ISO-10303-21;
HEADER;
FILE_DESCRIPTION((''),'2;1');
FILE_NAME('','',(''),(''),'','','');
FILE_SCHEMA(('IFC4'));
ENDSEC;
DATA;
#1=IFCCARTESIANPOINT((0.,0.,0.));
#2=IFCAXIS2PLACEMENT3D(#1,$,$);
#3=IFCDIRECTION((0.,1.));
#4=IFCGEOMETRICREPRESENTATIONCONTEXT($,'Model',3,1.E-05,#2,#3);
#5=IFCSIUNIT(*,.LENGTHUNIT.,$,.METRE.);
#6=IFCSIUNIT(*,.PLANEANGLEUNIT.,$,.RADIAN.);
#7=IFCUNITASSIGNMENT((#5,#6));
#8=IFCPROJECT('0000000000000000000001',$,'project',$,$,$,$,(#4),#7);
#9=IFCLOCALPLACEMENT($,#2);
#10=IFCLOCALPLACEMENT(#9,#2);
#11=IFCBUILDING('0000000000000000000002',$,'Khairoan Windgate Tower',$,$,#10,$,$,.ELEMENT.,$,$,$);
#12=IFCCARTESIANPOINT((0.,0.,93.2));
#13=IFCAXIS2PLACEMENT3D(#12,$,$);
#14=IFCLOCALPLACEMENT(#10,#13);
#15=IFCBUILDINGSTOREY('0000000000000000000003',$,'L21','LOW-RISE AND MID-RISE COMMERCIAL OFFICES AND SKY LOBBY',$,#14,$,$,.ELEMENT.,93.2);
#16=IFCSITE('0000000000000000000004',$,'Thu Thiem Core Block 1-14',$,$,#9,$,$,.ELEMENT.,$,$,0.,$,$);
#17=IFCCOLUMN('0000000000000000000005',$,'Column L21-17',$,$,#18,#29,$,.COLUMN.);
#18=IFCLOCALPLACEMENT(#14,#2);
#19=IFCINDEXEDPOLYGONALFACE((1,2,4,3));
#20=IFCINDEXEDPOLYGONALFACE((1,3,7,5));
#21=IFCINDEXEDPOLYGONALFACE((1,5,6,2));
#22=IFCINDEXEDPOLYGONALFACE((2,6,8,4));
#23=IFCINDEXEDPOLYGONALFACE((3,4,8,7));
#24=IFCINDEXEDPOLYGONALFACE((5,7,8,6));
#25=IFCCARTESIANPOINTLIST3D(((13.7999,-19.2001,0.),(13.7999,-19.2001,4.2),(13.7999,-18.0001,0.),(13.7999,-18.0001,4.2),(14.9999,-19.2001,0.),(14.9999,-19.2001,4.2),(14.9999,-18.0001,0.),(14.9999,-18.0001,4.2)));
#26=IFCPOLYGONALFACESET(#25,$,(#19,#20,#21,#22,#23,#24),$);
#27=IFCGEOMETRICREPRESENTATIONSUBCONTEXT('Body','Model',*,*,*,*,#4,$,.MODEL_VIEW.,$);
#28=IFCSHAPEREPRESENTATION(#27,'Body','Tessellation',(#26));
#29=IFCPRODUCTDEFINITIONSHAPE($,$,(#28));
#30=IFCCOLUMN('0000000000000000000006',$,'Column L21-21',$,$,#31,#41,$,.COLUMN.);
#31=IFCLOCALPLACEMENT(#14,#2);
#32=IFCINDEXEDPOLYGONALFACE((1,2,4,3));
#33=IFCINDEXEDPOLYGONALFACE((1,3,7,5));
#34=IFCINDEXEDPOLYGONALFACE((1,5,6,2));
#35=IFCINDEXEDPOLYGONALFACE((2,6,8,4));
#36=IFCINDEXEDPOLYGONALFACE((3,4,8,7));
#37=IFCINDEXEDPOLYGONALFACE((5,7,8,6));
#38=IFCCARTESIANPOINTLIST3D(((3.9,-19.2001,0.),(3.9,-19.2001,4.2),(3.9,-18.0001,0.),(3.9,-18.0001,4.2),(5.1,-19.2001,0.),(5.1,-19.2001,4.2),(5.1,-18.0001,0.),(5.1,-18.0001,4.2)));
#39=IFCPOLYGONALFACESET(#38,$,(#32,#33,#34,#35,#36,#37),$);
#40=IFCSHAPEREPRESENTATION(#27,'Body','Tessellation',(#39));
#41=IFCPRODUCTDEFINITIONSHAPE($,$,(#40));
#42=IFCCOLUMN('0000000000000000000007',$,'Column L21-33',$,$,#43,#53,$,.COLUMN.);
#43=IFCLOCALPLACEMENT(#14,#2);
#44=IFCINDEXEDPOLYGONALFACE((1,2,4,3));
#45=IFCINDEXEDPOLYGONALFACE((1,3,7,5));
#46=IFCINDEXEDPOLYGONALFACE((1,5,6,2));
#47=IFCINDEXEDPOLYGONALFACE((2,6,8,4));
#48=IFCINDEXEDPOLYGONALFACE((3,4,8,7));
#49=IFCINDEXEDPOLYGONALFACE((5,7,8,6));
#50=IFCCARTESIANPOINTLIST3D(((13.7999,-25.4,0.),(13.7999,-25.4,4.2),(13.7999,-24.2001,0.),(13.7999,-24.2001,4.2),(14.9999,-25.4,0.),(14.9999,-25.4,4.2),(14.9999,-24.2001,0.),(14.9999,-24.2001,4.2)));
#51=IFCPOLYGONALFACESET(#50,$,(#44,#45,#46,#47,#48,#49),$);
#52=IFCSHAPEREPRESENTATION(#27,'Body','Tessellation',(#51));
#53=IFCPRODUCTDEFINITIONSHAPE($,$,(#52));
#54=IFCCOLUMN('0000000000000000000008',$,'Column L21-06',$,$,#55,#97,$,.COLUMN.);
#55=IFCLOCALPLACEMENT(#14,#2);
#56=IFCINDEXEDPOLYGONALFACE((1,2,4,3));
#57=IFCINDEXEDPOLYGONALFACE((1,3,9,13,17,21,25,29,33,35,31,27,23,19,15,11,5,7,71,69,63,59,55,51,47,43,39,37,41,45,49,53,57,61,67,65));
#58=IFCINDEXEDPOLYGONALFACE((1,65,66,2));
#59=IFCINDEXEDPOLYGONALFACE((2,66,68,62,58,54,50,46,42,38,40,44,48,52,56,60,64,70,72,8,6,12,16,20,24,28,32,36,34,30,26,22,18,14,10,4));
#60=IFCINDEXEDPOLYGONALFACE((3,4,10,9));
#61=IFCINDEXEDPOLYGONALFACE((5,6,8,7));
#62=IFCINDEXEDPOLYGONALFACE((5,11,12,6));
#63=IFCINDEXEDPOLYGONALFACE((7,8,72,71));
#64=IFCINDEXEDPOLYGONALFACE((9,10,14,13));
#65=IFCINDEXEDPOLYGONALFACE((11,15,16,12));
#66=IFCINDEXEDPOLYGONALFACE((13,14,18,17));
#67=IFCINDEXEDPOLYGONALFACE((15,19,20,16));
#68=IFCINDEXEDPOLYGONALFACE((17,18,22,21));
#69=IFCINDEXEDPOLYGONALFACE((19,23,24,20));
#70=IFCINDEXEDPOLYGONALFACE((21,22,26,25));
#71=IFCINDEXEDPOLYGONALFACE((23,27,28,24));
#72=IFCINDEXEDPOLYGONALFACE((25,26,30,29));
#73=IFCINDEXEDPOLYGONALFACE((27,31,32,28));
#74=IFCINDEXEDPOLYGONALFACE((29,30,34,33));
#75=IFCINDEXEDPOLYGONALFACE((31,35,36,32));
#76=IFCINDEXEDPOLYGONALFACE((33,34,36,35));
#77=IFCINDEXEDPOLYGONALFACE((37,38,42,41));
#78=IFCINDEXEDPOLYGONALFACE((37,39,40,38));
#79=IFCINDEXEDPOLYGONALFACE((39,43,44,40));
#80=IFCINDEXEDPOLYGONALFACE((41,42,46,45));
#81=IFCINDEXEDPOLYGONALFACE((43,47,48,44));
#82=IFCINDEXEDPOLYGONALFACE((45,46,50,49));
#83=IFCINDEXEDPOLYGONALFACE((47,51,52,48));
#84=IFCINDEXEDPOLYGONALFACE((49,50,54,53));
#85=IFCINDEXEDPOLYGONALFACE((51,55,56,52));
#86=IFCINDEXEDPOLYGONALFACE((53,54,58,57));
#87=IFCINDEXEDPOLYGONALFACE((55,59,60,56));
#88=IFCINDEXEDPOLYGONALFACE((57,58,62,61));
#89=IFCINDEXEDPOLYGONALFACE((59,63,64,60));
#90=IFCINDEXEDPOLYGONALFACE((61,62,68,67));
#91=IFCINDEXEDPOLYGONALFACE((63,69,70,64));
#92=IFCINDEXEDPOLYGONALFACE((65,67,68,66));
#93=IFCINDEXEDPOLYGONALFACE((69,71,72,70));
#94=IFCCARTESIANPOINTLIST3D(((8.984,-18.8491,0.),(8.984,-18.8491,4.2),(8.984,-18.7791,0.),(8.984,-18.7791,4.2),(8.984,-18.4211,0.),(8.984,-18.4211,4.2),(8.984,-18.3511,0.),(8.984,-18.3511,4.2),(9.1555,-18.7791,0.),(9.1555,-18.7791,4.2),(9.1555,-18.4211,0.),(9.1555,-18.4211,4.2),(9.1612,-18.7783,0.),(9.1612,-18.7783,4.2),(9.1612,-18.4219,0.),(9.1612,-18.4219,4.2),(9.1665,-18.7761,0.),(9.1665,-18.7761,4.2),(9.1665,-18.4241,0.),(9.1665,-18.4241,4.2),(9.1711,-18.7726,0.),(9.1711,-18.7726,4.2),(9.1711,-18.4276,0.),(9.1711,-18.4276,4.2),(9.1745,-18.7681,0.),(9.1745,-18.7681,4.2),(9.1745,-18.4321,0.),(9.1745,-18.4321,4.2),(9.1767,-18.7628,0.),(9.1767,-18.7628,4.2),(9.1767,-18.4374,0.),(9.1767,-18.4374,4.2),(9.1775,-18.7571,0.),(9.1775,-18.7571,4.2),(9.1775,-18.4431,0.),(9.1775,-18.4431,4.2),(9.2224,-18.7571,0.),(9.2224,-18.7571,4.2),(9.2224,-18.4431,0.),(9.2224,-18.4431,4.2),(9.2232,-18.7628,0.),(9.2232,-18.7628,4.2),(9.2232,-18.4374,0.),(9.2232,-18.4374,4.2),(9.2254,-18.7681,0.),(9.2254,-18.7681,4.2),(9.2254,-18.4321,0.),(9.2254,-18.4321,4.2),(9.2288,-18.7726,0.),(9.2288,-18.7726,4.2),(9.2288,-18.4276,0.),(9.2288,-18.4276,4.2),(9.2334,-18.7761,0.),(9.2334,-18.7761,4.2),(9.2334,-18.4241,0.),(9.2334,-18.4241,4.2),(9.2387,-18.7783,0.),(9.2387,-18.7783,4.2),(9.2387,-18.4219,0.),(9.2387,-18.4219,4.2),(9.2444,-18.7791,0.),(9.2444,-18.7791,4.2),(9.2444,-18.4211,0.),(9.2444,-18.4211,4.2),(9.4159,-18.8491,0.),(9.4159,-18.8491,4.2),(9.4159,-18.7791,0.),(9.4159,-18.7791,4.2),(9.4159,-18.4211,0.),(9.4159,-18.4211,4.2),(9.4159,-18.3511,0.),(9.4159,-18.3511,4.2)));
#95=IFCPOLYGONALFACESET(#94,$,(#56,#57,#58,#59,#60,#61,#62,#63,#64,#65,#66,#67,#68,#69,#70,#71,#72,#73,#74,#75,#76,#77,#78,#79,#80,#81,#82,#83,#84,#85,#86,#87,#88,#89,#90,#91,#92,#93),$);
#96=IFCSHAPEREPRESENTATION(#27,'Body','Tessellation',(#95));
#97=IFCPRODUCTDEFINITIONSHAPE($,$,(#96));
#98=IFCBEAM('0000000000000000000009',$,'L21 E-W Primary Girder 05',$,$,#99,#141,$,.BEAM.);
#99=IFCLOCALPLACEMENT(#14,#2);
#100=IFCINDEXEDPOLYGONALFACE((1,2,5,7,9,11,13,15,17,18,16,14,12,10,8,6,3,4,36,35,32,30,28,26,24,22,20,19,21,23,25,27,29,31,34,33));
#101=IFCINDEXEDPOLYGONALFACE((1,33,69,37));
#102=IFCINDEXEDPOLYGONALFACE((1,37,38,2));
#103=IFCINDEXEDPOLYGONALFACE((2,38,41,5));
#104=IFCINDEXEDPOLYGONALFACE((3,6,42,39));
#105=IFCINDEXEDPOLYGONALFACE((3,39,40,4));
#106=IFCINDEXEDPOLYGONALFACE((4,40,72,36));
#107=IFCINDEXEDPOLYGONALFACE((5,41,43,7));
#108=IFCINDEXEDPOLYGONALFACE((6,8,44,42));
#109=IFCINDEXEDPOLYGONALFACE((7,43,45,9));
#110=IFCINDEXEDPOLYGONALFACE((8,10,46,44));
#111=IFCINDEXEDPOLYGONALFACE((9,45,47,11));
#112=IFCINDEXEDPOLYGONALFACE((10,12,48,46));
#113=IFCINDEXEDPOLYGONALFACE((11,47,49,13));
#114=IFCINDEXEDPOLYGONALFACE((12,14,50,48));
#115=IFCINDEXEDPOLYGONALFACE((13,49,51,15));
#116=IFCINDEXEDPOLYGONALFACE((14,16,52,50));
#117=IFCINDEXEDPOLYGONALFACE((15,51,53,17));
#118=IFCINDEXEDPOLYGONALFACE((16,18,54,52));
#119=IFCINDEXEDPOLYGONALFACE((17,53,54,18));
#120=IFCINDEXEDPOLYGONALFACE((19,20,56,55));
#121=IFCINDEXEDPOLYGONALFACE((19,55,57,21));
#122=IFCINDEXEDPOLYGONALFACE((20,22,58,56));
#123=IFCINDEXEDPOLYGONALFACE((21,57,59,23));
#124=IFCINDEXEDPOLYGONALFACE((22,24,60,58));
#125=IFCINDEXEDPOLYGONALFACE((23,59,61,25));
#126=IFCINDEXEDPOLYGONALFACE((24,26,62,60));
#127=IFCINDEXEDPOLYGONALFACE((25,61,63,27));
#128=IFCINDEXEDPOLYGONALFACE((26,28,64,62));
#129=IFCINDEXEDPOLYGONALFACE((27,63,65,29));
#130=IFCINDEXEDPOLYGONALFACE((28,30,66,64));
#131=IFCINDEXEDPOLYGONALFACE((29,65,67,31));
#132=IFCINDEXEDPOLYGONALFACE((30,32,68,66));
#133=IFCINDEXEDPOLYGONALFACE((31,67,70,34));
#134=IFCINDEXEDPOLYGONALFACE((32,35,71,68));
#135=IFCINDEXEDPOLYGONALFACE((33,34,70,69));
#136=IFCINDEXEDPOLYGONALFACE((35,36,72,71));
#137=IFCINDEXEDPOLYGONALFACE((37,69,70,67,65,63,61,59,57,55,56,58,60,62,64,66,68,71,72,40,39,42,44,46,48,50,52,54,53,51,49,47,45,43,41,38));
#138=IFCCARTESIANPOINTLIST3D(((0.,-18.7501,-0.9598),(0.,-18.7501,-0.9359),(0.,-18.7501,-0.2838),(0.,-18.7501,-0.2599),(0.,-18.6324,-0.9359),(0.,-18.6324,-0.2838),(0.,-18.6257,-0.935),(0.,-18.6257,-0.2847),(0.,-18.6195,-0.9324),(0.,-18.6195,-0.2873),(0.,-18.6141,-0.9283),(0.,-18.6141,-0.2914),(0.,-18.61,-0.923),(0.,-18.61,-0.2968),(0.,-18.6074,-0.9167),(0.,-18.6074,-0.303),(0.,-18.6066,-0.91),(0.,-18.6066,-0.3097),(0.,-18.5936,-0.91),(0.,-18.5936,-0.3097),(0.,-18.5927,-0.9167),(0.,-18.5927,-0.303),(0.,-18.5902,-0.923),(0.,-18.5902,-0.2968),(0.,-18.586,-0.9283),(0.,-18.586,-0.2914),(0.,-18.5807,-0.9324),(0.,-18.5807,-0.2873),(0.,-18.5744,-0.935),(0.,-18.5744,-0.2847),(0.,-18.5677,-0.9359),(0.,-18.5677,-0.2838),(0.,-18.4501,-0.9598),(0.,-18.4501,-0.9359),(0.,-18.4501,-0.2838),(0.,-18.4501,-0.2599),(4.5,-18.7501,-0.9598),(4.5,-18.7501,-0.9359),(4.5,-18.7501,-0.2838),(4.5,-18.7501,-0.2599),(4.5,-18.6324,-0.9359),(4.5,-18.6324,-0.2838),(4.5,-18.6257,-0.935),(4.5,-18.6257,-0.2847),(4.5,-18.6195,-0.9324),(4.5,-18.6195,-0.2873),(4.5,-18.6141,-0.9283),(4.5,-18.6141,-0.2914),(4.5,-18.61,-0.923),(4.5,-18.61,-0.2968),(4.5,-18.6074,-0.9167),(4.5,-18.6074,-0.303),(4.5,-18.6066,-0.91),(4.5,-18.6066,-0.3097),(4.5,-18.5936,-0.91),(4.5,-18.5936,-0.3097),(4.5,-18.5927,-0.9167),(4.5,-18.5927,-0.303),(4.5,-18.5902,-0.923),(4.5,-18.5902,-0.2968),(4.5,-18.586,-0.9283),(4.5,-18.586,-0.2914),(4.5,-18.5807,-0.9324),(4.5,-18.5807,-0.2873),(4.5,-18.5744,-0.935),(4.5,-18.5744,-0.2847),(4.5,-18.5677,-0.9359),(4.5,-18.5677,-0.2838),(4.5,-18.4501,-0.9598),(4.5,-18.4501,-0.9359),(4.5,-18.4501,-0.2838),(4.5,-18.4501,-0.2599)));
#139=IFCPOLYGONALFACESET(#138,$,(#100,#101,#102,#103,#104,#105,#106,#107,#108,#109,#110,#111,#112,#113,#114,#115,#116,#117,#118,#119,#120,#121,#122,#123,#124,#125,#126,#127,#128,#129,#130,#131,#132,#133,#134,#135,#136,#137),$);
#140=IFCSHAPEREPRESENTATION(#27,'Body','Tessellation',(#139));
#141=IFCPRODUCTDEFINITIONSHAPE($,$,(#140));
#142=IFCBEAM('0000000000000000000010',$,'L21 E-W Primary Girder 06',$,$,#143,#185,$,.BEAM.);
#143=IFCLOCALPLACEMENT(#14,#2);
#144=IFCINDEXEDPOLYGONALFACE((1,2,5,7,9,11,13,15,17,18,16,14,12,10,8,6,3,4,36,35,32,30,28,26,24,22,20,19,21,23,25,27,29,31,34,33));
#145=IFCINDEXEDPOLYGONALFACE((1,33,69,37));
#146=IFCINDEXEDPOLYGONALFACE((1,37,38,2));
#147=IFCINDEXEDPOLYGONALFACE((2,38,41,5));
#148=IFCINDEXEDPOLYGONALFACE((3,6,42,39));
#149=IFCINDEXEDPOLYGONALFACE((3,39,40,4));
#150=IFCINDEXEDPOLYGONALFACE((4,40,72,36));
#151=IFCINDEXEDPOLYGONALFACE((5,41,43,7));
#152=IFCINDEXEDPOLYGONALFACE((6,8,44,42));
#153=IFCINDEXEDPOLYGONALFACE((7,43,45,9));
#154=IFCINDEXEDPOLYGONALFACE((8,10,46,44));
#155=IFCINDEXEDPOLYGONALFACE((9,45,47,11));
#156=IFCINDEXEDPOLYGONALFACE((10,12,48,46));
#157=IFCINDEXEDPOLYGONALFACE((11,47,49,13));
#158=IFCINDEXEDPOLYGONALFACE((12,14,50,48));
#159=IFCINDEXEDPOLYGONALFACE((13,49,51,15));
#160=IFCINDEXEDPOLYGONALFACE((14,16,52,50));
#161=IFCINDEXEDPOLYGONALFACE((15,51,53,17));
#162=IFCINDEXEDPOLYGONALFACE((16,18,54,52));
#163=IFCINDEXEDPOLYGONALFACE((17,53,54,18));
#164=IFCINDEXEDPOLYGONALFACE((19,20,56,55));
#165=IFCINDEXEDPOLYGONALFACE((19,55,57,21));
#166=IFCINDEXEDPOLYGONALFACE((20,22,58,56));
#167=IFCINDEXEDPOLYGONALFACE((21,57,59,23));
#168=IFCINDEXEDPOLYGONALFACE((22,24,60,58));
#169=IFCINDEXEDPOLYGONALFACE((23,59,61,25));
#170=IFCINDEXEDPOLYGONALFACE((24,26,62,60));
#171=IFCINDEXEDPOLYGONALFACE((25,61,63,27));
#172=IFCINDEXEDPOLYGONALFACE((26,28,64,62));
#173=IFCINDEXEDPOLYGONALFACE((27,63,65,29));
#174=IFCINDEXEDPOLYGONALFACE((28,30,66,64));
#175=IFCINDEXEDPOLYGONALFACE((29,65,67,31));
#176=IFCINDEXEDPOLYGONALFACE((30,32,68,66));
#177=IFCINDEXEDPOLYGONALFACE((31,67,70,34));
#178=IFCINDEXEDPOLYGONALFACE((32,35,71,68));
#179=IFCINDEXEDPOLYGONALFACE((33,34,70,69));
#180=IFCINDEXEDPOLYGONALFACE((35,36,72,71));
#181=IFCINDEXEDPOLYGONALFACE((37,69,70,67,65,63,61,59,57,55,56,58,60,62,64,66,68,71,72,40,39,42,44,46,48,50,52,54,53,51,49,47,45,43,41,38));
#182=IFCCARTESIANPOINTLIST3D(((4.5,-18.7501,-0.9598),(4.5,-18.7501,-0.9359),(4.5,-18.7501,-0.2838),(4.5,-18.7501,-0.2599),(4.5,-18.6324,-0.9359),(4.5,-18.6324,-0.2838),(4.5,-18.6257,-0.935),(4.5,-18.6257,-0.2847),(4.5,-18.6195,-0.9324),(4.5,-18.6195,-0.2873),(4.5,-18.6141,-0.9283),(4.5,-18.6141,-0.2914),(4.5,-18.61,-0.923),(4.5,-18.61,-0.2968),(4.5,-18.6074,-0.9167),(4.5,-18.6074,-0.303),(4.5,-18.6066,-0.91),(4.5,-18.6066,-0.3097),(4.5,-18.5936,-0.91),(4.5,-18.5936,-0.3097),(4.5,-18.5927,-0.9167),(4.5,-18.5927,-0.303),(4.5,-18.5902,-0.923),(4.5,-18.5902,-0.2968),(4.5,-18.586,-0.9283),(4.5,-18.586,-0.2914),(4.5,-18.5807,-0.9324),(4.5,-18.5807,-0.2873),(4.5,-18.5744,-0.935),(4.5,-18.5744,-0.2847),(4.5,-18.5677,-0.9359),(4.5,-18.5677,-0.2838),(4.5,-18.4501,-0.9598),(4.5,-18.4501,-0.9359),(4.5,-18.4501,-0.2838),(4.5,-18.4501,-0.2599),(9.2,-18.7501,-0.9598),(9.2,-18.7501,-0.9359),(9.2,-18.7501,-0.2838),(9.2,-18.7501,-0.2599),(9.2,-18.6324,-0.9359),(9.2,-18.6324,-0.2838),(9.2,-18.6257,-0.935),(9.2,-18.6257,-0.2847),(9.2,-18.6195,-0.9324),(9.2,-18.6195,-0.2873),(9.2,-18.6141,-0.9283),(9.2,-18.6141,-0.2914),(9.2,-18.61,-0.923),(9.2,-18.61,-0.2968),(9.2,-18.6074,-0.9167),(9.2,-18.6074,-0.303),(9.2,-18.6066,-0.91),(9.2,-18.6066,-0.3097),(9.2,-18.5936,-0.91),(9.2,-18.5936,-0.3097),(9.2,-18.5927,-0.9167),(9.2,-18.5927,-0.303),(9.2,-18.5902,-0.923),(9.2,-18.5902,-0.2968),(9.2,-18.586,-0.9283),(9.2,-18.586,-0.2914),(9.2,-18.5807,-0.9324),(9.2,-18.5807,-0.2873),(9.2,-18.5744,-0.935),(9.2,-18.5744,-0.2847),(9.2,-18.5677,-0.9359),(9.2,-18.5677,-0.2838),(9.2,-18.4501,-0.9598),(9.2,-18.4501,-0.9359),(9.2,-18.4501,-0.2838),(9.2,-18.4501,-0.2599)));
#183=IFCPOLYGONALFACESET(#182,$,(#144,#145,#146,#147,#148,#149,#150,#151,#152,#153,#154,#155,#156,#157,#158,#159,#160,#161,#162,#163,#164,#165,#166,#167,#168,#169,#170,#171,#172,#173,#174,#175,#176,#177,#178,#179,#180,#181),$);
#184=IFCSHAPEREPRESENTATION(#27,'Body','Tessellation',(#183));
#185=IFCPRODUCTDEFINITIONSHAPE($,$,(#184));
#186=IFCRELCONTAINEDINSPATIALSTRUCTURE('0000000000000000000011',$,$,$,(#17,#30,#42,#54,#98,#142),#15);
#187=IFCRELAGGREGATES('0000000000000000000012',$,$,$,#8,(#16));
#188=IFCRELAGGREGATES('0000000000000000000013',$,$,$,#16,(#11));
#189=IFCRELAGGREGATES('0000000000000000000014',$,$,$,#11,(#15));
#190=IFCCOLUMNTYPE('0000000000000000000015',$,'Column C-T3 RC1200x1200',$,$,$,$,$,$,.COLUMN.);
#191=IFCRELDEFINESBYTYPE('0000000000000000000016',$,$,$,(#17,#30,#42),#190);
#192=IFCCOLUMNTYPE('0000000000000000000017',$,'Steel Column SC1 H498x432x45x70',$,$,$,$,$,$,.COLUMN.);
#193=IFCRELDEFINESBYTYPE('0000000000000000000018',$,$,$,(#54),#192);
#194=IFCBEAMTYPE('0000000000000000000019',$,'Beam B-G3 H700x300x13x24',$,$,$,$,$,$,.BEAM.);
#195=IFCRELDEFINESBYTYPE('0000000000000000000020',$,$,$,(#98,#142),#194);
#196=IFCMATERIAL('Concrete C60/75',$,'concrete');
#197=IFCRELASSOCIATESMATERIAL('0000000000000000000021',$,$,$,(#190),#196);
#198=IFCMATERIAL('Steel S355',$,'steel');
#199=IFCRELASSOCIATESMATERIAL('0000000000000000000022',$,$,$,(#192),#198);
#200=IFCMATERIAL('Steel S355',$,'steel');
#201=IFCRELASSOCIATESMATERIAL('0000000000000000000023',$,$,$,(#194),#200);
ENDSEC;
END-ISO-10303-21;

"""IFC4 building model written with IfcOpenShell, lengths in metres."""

from ifc_helpers import new_model, si_unit, direction, frame, origin, origin_2d, place, context, subcontext, project, spatial, rectangle, i_section, extrude, material, material_profile, profile_set, type_object, element, save


model = new_model("IFC4")

# Units and contexts
model_context = context("Model", 3, precision=1e-05, world=origin(), true_north=direction((0.0, 1.0)))
body_context = subcontext(model_context, "Body", "Model", "MODEL_VIEW")
ifc_project = project(units=[si_unit("LENGTHUNIT", "METRE"), si_unit("PLANEANGLEUNIT", "RADIAN")], contexts=[model_context])

# Site, building, storey
site_placement = place(None, origin())
site = spatial("IfcSite", under=ifc_project, at=site_placement, Name="Thu Thiem Core Block 1-14", CompositionType="ELEMENT", RefElevation=0.0)
building_placement = place(site_placement, origin())
building = spatial("IfcBuilding", under=site, at=building_placement, Name="Khairoan Windgate Tower", CompositionType="ELEMENT")
storey_placement = place(building_placement, frame((0.0, 0.0, 93.2)))
storey = spatial("IfcBuildingStorey", under=building, at=storey_placement, Name="L21", Description="LOW-RISE AND MID-RISE COMMERCIAL OFFICES AND SKY LOBBY", CompositionType="ELEMENT", Elevation=93.2)

# Columns
ifc_material_1 = material(Name="Concrete C60/75", Category="concrete")
ifc_material_profile_1 = material_profile(ifc_material_1, rectangle(XDim=1.2, YDim=1.2, at=origin_2d()))
ifc_profile_set_1 = profile_set([ifc_material_profile_1], Name="Concrete C60/75")
column_type_1 = type_object("IfcColumnType", Name="Column C-T3 RC1200x1200", PredefinedType="COLUMN", material=ifc_profile_set_1)
for number, where, z_axis, x_axis, name in (
    (1, (14.3999, -18.6001, 0.0), (0.0, 0.0, 1.0), (1.0, 0.0, 0.0), "Column L21-17"),
    (2, (4.5, -18.6001, 0.0), (0.0, 0.0, 1.0), (1.0, 0.0, 0.0), "Column L21-21"),
    (3, (14.3999, -24.8, 0.0), (0.0, 0.0, 1.0), (1.0, 0.0, 0.0), "Column L21-33"),
):
    element("IfcColumn", number, at=place(storey_placement, frame(where, z_axis=z_axis, x_axis=x_axis)), inside=storey, type_object=column_type_1, Name=name, PredefinedType="COLUMN", context=body_context, shape_type="SweptSolid", body=[
        extrude(rectangle(XDim=1.2, YDim=1.2, at=origin_2d()), origin(), (0.0, 0.0, 1.0), 4.2),
    ])
ifc_material_2 = material(Name="Steel S355", Category="steel")
ifc_material_profile_2 = material_profile(ifc_material_2, i_section(OverallWidth=0.4319, OverallDepth=0.498, WebThickness=0.0449, FlangeThickness=0.0701, FilletRadius=0.022, at=origin_2d()))
ifc_profile_set_2 = profile_set([ifc_material_profile_2], Name="Steel S355")
column_type_2 = type_object("IfcColumnType", Name="Steel Column SC1 H498x432x45x70", PredefinedType="COLUMN", material=ifc_profile_set_2)
column_placement = place(storey_placement, frame((9.2, -18.6001, 0.0), z_axis=(0.0, 0.0, 1.0), x_axis=(1.0, 0.0, 0.0)))
element("IfcColumn", 4, at=column_placement, inside=storey, type_object=column_type_2, Name="Column L21-06", PredefinedType="COLUMN", context=body_context, shape_type="SweptSolid", body=[
    extrude(i_section(OverallWidth=0.4319, OverallDepth=0.498, WebThickness=0.0449, FlangeThickness=0.0701, FilletRadius=0.022, at=origin_2d()), origin(), (0.0, 0.0, 1.0), 4.2),
])

# Beams
ifc_material_3 = material(Name="Steel S355", Category="steel")
ifc_material_profile_3 = material_profile(ifc_material_3, i_section(OverallWidth=0.3, OverallDepth=0.7, WebThickness=0.0129, FlangeThickness=0.0239, FilletRadius=0.0259, at=origin_2d()))
ifc_profile_set_3 = profile_set([ifc_material_profile_3], Name="Steel S355")
beam_type_1 = type_object("IfcBeamType", Name="Beam B-G3 H700x300x13x24", PredefinedType="BEAM", material=ifc_profile_set_3)
beam_1_placement = place(storey_placement, frame((0.0, -18.6001, -0.6099), z_axis=(1.0, 0.0, 0.0), x_axis=(0.0, 1.0, 0.0)))
element("IfcBeam", 5, at=beam_1_placement, inside=storey, type_object=beam_type_1, Name="L21 E-W Primary Girder 05", PredefinedType="BEAM", context=body_context, shape_type="SweptSolid", body=[
    extrude(i_section(OverallWidth=0.3, OverallDepth=0.7, WebThickness=0.0129, FlangeThickness=0.0239, FilletRadius=0.0259, at=origin_2d()), origin(), (0.0, 0.0, 1.0), 4.5),
])
beam_2_placement = place(storey_placement, frame((4.5, -18.6001, -0.6099), z_axis=(1.0, 0.0, 0.0), x_axis=(0.0, 1.0, 0.0)))
element("IfcBeam", 6, at=beam_2_placement, inside=storey, type_object=beam_type_1, Name="L21 E-W Primary Girder 06", PredefinedType="BEAM", context=body_context, shape_type="SweptSolid", body=[
    extrude(i_section(OverallWidth=0.3, OverallDepth=0.7, WebThickness=0.0129, FlangeThickness=0.0239, FilletRadius=0.0259, at=origin_2d()), origin(), (0.0, 0.0, 1.0), 4.7),
])

save(model, "model.ifc")
